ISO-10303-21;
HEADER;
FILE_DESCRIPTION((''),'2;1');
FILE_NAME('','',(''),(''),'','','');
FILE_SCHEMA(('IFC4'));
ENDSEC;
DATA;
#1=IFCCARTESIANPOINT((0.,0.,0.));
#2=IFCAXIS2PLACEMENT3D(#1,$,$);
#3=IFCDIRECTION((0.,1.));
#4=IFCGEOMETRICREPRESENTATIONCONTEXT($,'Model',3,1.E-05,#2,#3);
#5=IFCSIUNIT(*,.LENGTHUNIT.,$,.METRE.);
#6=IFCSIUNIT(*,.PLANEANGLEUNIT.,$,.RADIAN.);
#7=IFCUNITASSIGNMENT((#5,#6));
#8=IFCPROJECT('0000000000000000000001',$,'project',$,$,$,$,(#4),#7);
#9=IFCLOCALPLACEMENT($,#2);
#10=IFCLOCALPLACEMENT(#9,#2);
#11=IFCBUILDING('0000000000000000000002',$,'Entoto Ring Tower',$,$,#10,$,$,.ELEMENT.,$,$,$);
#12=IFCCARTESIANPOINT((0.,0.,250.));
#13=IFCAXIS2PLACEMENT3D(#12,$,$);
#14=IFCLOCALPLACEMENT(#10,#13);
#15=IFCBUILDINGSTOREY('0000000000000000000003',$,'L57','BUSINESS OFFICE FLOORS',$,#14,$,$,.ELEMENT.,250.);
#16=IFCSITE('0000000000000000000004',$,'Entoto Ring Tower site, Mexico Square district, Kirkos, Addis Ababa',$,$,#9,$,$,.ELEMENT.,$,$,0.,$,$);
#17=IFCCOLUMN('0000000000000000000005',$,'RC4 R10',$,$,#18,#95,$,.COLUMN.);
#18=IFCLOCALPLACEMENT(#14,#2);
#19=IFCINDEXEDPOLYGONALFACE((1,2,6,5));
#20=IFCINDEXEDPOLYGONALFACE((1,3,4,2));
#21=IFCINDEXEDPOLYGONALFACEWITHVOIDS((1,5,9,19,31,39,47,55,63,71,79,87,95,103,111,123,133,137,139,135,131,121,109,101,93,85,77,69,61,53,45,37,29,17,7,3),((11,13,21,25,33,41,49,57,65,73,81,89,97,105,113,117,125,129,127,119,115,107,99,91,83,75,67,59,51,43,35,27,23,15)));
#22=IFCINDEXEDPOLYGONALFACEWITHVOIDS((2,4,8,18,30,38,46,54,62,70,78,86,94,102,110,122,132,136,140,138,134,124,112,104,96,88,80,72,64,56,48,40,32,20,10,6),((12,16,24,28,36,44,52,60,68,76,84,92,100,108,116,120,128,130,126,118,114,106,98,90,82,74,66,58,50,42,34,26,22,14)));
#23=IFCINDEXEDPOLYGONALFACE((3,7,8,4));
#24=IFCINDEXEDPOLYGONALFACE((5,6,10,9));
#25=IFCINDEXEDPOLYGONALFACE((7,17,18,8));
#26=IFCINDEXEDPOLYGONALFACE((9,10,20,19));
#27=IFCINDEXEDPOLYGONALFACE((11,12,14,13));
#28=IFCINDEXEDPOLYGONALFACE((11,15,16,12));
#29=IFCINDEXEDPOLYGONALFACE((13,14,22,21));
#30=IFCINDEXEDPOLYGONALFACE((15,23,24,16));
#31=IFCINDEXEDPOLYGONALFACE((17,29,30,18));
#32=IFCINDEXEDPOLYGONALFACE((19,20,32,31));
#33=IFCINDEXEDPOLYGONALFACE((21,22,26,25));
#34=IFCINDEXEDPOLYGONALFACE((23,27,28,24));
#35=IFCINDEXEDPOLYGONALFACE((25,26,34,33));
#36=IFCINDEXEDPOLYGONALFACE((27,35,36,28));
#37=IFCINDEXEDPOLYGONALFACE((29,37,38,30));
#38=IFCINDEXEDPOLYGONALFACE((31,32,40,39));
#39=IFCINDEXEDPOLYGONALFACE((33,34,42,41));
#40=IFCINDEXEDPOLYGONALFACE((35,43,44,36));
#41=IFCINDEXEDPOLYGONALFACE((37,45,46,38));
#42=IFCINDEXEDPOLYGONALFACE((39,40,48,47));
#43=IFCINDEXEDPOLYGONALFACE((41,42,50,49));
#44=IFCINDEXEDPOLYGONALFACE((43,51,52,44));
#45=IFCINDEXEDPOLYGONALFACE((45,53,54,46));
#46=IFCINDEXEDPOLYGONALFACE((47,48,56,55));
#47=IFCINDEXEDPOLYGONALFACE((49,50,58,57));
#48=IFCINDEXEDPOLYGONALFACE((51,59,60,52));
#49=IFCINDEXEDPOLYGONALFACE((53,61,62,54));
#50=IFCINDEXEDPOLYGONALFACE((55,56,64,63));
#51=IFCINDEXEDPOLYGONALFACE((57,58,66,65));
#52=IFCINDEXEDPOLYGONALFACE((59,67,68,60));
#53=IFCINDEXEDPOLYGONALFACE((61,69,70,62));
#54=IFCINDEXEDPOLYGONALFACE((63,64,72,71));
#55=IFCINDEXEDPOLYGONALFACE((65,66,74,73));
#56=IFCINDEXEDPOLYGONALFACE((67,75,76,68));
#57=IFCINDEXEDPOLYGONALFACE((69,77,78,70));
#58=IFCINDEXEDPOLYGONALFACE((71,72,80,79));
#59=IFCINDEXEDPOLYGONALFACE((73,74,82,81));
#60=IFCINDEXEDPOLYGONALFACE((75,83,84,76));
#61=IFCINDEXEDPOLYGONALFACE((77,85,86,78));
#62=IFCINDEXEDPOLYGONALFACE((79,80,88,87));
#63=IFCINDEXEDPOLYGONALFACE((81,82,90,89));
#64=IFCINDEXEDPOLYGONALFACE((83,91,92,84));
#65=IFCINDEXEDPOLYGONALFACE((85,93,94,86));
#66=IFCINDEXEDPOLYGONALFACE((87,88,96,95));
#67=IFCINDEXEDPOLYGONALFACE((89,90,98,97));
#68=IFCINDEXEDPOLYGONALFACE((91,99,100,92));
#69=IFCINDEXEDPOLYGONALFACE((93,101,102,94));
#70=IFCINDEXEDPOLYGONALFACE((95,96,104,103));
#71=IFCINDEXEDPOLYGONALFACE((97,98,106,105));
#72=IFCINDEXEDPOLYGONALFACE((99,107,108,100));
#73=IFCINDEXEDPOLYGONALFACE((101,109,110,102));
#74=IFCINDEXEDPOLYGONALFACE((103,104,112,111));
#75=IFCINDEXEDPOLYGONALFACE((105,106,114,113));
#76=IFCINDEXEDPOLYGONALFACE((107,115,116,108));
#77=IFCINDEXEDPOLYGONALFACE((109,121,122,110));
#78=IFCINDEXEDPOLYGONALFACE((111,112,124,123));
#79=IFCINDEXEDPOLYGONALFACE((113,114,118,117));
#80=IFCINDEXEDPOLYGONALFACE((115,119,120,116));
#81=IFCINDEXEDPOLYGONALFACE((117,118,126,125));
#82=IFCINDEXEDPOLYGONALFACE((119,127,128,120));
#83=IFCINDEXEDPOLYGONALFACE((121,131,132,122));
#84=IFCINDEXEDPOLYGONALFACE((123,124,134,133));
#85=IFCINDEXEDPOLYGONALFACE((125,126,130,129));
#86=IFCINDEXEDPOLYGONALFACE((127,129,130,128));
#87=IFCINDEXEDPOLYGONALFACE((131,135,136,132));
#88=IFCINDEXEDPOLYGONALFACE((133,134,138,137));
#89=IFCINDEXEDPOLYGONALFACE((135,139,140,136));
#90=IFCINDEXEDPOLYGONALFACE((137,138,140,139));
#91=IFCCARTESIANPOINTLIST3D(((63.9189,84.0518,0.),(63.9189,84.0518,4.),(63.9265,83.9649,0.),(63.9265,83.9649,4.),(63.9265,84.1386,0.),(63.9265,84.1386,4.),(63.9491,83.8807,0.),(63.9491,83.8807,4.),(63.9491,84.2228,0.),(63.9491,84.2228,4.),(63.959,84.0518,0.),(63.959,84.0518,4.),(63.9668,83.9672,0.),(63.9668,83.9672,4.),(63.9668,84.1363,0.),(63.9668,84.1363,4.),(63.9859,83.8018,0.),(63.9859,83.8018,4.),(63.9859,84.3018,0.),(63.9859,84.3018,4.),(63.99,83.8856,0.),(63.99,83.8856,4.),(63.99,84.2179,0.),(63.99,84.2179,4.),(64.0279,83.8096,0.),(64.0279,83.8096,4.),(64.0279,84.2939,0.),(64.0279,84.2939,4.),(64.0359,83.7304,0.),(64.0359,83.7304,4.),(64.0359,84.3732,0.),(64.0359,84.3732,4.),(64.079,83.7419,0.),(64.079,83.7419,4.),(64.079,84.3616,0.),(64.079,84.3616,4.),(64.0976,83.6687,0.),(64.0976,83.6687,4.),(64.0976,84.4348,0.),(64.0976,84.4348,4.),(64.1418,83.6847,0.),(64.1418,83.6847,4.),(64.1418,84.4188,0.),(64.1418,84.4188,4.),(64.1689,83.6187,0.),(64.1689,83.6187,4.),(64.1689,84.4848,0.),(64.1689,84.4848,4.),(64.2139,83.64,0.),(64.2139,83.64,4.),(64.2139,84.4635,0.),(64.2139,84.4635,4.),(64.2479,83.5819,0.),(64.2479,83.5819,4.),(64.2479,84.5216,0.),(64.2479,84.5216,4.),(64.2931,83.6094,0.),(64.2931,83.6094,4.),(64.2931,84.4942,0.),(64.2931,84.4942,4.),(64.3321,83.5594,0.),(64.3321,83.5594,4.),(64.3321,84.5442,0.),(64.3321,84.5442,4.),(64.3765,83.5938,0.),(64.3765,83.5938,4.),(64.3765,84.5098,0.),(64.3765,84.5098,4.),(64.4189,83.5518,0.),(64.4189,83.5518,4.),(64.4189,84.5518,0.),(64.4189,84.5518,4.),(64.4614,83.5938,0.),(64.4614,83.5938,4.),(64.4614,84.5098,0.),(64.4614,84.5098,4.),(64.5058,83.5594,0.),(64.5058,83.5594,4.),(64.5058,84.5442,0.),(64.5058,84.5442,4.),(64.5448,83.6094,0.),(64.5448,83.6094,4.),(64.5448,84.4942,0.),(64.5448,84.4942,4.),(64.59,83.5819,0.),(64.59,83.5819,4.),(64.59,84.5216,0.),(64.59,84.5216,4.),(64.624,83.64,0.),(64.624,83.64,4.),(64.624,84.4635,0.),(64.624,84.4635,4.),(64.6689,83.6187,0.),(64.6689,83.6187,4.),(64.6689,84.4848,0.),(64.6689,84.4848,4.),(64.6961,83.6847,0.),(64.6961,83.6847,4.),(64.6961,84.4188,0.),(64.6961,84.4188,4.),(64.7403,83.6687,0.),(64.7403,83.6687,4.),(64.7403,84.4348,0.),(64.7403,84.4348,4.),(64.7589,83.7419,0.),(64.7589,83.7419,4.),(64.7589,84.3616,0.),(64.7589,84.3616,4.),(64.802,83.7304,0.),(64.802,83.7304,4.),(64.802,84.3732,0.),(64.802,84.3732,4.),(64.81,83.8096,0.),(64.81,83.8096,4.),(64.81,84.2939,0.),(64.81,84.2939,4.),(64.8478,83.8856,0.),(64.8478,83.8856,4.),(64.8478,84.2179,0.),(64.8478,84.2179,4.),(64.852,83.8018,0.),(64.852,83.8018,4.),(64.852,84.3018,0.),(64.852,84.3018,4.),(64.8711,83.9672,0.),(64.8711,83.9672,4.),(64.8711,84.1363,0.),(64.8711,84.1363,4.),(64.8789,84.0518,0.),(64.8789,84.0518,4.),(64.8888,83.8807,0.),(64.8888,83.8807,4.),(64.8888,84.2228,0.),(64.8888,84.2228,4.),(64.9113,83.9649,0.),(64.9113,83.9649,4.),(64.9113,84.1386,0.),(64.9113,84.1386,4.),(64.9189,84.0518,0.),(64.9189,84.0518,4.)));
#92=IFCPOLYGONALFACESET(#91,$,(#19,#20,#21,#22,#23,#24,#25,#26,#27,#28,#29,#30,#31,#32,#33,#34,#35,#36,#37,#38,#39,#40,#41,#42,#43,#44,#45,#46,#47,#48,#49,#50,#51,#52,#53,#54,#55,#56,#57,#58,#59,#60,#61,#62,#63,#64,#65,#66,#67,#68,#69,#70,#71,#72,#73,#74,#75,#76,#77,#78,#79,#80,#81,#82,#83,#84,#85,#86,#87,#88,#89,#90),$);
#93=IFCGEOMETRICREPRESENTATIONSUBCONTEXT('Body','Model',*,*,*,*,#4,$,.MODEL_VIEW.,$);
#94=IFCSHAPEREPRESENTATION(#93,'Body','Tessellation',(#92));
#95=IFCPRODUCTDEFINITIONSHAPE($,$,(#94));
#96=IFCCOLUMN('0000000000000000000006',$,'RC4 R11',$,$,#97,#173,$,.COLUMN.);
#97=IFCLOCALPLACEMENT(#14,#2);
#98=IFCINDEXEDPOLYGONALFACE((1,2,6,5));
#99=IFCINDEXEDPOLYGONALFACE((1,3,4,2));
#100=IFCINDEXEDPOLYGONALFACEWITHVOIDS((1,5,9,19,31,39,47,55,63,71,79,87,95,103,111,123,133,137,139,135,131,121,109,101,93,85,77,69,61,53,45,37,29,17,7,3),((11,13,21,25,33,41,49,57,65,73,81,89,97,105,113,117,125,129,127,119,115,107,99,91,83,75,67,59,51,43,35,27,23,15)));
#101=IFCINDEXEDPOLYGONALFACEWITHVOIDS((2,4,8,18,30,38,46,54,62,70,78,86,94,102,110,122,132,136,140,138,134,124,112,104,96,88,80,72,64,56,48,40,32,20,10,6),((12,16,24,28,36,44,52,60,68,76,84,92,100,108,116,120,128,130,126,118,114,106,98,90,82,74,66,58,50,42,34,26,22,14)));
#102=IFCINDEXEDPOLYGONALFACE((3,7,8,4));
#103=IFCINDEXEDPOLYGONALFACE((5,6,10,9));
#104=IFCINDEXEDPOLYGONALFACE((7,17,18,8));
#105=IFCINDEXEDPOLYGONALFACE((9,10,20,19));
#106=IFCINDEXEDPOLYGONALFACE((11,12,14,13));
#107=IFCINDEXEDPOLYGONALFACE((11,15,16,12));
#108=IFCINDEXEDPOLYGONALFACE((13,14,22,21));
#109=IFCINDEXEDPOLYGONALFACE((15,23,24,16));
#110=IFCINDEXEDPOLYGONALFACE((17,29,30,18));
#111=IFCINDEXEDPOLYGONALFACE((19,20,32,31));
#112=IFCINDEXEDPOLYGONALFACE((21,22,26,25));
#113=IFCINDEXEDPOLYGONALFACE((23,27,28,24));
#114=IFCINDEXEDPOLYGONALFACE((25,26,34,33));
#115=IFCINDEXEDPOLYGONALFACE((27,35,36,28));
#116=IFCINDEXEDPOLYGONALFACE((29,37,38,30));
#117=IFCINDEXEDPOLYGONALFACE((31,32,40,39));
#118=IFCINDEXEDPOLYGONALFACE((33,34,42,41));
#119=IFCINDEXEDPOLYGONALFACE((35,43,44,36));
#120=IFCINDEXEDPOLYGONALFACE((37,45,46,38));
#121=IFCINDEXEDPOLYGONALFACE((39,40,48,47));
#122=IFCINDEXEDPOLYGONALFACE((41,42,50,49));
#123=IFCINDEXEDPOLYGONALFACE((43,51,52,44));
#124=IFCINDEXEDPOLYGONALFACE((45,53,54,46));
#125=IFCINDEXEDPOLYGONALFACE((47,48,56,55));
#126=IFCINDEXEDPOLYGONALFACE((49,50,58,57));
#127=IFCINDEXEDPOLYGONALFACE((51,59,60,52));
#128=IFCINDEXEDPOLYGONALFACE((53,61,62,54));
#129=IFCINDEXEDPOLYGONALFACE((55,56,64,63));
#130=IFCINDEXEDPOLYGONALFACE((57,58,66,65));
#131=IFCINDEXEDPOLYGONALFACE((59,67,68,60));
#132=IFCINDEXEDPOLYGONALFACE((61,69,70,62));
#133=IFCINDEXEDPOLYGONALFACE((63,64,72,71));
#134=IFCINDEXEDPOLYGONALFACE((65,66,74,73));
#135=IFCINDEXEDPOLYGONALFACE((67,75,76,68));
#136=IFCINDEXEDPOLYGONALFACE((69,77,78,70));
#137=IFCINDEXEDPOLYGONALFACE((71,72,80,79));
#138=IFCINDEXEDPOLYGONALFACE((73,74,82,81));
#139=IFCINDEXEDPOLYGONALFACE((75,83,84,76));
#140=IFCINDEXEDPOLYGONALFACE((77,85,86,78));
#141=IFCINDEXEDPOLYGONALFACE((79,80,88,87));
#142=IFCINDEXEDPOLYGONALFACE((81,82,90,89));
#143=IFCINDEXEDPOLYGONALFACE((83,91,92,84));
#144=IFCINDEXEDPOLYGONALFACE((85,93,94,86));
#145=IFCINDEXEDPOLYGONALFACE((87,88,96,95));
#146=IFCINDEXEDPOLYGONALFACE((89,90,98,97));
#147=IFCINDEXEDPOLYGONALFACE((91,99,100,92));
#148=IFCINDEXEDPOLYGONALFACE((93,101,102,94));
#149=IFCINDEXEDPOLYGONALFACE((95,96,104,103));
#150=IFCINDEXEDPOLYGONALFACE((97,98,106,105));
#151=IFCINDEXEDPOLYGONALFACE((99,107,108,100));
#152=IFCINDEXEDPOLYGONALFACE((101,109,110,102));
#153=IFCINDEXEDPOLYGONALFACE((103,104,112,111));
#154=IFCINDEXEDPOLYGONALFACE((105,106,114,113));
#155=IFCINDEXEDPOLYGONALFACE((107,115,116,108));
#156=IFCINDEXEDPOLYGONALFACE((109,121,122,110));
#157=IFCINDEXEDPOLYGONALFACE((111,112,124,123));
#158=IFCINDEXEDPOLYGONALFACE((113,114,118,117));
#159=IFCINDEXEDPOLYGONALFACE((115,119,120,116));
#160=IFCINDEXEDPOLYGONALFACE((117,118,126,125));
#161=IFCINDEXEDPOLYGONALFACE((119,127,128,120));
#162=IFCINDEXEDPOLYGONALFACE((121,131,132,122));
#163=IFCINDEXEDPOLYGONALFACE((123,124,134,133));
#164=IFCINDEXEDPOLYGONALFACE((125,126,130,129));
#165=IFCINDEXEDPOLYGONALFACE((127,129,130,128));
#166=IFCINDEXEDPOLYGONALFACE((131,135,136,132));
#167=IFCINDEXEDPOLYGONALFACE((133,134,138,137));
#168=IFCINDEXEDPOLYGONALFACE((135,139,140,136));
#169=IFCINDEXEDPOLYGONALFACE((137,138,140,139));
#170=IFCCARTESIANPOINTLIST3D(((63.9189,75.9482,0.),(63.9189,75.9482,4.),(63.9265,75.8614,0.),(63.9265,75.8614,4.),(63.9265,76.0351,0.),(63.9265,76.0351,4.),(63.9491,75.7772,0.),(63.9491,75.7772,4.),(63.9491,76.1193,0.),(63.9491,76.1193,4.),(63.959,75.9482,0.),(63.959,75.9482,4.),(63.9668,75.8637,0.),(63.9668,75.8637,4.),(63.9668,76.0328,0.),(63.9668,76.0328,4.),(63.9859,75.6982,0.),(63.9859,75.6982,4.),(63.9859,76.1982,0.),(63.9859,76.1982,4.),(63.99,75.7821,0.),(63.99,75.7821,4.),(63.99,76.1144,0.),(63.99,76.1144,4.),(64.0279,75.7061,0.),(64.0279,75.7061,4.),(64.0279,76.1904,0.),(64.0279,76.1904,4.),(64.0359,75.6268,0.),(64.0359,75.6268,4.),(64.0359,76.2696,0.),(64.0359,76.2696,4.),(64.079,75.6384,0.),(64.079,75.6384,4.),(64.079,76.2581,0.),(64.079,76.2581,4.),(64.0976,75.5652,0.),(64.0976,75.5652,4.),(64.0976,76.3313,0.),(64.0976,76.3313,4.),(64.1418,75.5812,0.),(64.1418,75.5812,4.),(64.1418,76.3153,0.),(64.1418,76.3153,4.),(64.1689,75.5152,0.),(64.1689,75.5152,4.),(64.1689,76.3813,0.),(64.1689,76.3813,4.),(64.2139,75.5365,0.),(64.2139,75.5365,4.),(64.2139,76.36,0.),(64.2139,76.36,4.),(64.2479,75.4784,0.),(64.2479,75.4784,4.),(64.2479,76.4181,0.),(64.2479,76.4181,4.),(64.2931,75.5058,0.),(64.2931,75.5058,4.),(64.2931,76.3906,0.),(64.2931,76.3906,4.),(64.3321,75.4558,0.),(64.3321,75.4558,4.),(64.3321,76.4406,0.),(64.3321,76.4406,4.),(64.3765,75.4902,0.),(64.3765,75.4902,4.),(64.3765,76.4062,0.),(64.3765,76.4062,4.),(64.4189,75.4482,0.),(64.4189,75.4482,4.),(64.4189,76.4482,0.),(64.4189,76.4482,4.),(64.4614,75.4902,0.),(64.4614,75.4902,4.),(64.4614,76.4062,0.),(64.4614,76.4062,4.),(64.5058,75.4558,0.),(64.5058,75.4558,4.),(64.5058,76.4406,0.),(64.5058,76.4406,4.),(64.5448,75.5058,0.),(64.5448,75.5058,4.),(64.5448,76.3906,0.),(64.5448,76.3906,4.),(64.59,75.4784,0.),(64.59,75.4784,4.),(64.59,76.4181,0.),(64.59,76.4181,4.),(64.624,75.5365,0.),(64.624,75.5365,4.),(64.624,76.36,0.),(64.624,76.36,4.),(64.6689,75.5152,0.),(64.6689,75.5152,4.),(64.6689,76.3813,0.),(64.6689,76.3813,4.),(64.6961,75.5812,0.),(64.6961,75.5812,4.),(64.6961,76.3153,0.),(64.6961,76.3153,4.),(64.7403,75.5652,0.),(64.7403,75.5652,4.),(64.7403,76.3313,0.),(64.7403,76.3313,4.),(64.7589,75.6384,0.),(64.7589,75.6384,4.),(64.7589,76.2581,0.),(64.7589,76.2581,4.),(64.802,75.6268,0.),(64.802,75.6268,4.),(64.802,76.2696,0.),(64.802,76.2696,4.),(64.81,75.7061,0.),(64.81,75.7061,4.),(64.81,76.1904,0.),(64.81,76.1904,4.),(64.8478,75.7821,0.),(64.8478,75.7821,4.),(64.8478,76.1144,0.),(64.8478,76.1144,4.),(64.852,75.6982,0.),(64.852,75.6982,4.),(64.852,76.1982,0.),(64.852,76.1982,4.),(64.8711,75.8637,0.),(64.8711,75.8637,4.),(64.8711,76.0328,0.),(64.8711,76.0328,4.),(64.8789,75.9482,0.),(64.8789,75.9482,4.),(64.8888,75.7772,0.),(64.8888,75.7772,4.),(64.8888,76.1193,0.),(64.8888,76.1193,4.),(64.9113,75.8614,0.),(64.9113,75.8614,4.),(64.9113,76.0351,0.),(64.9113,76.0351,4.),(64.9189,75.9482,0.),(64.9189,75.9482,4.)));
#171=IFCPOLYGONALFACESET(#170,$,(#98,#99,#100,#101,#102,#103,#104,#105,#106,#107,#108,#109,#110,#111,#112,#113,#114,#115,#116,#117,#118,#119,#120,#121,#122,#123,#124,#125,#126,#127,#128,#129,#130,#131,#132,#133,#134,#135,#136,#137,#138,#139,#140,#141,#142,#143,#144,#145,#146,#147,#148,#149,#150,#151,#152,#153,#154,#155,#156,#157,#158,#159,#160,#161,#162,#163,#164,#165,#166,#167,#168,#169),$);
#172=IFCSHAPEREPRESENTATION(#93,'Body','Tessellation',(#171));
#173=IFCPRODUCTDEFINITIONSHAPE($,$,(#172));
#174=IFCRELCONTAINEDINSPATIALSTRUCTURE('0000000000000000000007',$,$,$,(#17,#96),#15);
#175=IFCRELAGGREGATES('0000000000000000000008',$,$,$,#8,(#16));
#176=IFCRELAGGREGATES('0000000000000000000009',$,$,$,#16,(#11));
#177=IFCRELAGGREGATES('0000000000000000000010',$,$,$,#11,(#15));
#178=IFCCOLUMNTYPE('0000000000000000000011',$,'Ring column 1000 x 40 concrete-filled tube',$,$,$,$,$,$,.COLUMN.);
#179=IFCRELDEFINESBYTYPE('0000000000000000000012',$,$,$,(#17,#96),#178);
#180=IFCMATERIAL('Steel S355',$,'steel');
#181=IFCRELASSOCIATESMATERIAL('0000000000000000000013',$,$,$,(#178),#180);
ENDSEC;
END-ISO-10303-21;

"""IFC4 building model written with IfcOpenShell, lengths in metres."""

from ifc_helpers import new_model, si_unit, direction, frame, origin, origin_2d, place, context, subcontext, project, spatial, circle, hollow_circle, extrude, material, material_profile, profile_set, type_object, element, save


model = new_model("IFC4")

# Units and contexts
model_context = context("Model", 3, precision=1e-05, world=origin(), true_north=direction((0.0, 1.0)))
body_context = subcontext(model_context, "Body", "Model", "MODEL_VIEW")
ifc_project = project(units=[si_unit("LENGTHUNIT", "METRE"), si_unit("PLANEANGLEUNIT", "RADIAN")], contexts=[model_context])

# Site, building, storey
site_placement = place(None, origin())
site = spatial("IfcSite", under=ifc_project, at=site_placement, Name="Entoto Ring Tower site, Mexico Square district, Kirkos, Addis Ababa", CompositionType="ELEMENT", RefElevation=0.0)
building_placement = place(site_placement, origin())
building = spatial("IfcBuilding", under=site, at=building_placement, Name="Entoto Ring Tower", CompositionType="ELEMENT")
storey_placement = place(building_placement, frame((0.0, 0.0, 250.0)))
storey = spatial("IfcBuildingStorey", under=building, at=storey_placement, Name="L57", Description="BUSINESS OFFICE FLOORS", CompositionType="ELEMENT", Elevation=250.0)

# Columns
ifc_material_1 = material(Name="Steel S355", Category="steel")
ifc_material_profile_1 = material_profile(ifc_material_1, hollow_circle(Radius=0.5, WallThickness=0.04, at=origin_2d()), Name="CHS 1000 x 40")
ifc_material_2 = material(Name="Concrete C60/75", Category="concrete")
ifc_material_profile_2 = material_profile(ifc_material_2, circle(Radius=0.46, at=origin_2d()), Name="Concrete C60/75 infill")
ifc_profile_set_1 = profile_set([ifc_material_profile_1, ifc_material_profile_2], Name="Steel S355")
column_type = type_object("IfcColumnType", Name="Ring column 1000 x 40 concrete-filled tube", PredefinedType="COLUMN", material=ifc_profile_set_1)
for number, where, z_axis, x_axis, name in (
    (1, (64.4189, 84.0518, 0.0), (0.0, 0.0, 1.0), (1.0, 0.0, 0.0), "RC4 R10"),
    (2, (64.4189, 75.9482, 0.0), (0.0, 0.0, 1.0), (1.0, 0.0, 0.0), "RC4 R11"),
):
    element("IfcColumn", number, at=place(storey_placement, frame(where, z_axis=z_axis, x_axis=x_axis)), inside=storey, type_object=column_type, Name=name, PredefinedType="COLUMN", context=body_context, shape_type="SweptSolid", body=[
        extrude(hollow_circle(Radius=0.5, WallThickness=0.04, at=origin_2d()), origin(), (0.0, 0.0, 1.0), 4.0),
    ])

save(model, "model.ifc")
